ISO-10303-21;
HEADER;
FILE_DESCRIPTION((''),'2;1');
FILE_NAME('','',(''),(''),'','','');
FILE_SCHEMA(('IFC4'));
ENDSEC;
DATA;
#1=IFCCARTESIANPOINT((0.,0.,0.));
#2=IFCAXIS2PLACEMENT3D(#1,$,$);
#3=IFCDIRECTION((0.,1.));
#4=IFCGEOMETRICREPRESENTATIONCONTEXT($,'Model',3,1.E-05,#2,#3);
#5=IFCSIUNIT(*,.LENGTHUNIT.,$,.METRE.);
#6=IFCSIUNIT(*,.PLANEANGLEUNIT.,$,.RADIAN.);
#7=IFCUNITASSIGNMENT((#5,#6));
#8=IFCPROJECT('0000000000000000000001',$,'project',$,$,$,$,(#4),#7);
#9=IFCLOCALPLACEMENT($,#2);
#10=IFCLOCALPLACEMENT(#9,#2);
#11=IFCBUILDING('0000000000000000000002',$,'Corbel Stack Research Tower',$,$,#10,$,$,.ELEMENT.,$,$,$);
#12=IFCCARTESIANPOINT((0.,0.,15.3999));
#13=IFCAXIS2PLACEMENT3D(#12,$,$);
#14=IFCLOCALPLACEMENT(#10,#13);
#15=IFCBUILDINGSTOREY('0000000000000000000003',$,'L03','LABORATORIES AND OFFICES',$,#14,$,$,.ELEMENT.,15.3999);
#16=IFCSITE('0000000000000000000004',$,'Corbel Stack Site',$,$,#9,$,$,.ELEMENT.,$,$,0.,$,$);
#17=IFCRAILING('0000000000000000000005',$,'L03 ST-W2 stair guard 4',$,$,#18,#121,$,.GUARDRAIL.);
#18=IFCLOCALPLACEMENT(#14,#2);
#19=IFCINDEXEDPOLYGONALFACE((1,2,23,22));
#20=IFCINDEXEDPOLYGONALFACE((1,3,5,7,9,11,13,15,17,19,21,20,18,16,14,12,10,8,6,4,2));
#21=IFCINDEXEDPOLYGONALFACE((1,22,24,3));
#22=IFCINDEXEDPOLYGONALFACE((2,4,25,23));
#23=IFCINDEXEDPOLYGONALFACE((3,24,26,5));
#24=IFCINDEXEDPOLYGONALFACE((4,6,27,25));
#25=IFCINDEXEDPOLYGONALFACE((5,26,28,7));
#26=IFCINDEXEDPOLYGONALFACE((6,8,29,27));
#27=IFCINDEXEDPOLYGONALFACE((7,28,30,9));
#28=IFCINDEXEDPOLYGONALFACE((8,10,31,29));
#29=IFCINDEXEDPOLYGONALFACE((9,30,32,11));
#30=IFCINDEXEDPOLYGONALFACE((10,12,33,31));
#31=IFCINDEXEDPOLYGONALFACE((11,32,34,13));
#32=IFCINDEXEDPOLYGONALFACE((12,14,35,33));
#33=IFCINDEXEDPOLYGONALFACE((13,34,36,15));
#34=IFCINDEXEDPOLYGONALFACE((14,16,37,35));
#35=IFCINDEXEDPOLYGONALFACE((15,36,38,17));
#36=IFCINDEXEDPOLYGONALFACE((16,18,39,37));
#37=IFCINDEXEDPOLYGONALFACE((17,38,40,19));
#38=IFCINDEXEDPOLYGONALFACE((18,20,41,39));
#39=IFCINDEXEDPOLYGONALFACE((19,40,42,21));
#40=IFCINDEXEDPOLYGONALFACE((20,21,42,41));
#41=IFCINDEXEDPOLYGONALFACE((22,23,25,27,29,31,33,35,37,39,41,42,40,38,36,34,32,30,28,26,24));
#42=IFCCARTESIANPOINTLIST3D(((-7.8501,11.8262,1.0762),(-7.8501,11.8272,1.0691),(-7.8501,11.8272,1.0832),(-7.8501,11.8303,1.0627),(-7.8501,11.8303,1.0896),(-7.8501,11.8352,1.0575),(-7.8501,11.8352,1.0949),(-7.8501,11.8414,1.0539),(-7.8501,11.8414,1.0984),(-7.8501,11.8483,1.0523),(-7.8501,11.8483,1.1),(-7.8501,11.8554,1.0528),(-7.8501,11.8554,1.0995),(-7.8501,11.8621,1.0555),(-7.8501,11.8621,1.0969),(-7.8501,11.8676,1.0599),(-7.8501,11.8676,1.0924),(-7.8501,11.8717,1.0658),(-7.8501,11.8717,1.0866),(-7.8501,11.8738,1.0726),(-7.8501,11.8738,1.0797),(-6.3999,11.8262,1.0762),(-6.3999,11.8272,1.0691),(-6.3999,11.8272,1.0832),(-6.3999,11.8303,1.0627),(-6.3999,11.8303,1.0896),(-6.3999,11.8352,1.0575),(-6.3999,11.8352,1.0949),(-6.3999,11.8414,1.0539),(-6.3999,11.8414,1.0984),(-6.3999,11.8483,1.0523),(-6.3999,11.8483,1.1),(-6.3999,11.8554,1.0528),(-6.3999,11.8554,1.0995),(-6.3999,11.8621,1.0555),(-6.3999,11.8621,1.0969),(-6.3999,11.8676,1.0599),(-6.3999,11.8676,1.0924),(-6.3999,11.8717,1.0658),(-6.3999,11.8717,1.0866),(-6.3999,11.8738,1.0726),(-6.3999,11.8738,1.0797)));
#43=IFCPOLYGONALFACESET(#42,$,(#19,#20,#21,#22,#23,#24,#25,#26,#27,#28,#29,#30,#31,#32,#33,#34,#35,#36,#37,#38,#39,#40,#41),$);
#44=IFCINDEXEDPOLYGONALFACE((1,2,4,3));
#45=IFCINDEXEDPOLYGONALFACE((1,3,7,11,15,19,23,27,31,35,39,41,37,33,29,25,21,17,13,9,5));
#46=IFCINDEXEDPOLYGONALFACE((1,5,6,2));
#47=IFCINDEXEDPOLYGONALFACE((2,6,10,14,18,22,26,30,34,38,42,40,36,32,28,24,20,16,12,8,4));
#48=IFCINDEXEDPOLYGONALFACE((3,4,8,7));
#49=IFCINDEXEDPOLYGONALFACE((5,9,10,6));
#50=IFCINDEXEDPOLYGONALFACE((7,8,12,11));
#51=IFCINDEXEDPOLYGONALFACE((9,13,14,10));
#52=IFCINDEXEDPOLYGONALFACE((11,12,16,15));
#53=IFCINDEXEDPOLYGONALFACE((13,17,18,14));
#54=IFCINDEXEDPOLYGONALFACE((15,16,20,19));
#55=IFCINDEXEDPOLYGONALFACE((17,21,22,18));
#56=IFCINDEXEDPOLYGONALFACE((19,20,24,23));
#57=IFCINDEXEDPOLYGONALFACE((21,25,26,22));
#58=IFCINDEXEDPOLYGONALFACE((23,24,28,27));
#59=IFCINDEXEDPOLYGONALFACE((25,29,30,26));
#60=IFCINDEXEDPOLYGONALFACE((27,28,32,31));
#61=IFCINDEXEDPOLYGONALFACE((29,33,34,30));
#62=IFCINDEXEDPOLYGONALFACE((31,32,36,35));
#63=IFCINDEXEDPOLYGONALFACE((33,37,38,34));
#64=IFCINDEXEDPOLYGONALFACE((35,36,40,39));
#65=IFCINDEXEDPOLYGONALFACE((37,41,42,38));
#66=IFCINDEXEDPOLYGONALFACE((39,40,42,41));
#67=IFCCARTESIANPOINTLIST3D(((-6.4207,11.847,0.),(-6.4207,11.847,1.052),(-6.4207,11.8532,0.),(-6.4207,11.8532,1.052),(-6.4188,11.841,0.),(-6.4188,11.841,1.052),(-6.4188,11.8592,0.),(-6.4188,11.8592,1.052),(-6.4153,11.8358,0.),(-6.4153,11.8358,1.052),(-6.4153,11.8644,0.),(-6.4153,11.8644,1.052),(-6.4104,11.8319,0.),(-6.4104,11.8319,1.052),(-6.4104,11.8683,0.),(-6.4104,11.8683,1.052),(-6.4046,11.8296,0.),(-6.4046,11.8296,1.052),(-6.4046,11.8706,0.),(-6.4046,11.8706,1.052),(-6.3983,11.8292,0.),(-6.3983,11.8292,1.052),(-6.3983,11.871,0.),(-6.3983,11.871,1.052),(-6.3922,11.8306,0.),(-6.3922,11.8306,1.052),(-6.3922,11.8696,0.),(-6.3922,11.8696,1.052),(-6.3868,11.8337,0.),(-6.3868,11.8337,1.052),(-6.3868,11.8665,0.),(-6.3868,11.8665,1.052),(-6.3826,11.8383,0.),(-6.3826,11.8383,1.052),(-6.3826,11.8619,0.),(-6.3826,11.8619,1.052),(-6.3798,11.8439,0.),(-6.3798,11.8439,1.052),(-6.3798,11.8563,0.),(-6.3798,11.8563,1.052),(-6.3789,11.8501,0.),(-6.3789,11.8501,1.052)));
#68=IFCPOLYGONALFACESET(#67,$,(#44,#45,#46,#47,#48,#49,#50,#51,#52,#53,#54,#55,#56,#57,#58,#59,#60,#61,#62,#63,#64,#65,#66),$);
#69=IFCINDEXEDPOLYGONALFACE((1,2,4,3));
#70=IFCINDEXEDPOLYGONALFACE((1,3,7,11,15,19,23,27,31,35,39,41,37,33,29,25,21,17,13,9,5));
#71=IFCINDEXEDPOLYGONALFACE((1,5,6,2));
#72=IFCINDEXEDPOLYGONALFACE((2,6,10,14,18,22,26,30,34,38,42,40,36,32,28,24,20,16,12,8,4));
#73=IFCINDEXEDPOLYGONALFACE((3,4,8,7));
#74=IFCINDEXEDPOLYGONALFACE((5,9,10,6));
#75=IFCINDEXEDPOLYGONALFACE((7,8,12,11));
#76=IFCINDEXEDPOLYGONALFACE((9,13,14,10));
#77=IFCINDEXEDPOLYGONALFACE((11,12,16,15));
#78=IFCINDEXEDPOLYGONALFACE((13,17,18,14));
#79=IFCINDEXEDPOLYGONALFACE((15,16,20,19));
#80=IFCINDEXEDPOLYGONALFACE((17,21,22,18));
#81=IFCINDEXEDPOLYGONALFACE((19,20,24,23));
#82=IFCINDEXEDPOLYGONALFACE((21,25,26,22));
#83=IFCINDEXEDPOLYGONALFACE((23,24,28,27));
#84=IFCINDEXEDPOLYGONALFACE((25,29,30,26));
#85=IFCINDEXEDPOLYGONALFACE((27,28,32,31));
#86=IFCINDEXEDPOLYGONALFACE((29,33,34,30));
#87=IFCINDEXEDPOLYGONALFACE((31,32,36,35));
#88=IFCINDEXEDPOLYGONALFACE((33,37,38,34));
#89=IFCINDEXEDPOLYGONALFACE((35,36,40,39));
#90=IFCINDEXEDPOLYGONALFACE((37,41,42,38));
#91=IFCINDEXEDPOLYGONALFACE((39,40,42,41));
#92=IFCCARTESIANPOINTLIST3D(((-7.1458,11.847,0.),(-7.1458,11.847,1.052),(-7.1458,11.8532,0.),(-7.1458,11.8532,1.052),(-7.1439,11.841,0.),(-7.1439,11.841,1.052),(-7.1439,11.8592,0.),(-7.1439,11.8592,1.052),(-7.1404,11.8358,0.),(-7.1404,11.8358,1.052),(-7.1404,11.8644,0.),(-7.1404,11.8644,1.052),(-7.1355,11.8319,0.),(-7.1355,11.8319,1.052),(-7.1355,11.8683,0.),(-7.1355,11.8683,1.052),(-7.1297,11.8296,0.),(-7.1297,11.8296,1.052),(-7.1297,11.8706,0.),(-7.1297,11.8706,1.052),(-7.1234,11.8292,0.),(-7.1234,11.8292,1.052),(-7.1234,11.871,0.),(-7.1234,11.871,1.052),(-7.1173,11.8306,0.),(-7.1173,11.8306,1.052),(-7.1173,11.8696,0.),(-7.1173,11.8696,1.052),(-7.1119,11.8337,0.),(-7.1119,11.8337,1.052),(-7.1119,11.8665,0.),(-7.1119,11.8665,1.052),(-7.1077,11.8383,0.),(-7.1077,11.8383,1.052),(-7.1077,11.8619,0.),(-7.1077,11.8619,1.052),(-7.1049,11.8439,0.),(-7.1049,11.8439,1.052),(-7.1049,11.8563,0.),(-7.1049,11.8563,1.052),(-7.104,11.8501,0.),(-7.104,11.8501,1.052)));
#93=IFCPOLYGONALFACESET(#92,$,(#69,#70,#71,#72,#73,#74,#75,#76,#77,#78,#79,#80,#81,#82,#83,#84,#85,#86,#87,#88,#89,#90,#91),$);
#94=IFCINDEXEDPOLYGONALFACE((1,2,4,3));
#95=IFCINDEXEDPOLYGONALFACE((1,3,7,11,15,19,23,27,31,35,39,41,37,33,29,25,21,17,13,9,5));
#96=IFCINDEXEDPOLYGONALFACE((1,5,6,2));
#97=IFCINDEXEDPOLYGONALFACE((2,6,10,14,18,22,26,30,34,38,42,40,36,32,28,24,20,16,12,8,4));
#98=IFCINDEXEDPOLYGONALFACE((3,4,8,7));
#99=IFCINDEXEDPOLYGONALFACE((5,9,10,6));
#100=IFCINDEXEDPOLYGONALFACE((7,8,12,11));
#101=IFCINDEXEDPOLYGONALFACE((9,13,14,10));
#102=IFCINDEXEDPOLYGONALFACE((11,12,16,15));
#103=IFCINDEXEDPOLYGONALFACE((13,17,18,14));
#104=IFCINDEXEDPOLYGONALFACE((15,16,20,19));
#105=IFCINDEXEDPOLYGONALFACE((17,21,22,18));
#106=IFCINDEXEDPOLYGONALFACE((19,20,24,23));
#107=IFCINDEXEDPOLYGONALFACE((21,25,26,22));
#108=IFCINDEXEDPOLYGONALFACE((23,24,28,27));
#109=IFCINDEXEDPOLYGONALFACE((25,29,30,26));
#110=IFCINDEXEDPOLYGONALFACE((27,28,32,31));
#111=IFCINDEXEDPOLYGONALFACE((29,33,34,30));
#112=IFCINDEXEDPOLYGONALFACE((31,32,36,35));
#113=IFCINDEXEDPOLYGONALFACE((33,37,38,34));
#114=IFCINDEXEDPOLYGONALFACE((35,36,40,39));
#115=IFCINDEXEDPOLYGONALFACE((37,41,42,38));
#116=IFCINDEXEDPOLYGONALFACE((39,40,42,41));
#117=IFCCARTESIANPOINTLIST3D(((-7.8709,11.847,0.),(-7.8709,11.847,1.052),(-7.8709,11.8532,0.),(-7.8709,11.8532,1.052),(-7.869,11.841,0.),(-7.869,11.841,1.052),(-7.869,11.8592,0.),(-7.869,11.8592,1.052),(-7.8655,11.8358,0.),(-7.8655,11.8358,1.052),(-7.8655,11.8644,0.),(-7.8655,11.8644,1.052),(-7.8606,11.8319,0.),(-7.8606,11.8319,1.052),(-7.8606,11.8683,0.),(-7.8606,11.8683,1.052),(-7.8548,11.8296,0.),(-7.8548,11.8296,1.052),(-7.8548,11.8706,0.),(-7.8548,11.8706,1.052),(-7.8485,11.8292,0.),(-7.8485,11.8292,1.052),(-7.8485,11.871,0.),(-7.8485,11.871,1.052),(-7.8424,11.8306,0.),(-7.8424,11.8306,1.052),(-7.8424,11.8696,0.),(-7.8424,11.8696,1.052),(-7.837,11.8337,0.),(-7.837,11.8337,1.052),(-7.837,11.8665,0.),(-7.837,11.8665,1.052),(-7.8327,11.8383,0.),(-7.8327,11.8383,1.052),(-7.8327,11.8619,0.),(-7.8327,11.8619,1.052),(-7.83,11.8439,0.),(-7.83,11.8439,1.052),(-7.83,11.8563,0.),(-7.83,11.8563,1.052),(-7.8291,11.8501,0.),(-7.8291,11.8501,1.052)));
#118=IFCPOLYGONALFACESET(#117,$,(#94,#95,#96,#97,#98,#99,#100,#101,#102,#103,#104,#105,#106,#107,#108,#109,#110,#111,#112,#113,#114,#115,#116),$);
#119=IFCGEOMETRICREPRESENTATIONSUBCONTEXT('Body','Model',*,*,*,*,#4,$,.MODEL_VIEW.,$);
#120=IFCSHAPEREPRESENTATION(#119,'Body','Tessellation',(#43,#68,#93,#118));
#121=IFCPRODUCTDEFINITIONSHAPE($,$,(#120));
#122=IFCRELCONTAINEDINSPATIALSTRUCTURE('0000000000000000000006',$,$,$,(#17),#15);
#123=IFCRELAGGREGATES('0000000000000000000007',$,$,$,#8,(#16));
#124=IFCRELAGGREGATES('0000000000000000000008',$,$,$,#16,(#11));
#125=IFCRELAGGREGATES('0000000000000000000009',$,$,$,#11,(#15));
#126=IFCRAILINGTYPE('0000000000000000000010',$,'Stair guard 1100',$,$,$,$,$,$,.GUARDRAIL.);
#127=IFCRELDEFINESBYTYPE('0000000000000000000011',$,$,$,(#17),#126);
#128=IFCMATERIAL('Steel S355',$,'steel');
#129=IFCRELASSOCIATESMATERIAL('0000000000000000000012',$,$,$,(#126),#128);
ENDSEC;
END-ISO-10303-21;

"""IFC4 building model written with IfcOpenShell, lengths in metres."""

from ifc_helpers import new_model, si_unit, direction, frame, origin, origin_2d, place, context, subcontext, project, spatial, circle, extrude, material, type_object, element, save


model = new_model("IFC4")

# Units and contexts
model_context = context("Model", 3, precision=1e-05, world=origin(), true_north=direction((0.0, 1.0)))
body_context = subcontext(model_context, "Body", "Model", "MODEL_VIEW")
ifc_project = project(units=[si_unit("LENGTHUNIT", "METRE"), si_unit("PLANEANGLEUNIT", "RADIAN")], contexts=[model_context])

# Site, building, storey
site_placement = place(None, origin())
site = spatial("IfcSite", under=ifc_project, at=site_placement, Name="Corbel Stack Site", CompositionType="ELEMENT", RefElevation=0.0)
building_placement = place(site_placement, origin())
building = spatial("IfcBuilding", under=site, at=building_placement, Name="Corbel Stack Research Tower", CompositionType="ELEMENT")
storey_placement = place(building_placement, frame((0.0, 0.0, 15.3999)))
storey = spatial("IfcBuildingStorey", under=building, at=storey_placement, Name="L03", Description="LABORATORIES AND OFFICES", CompositionType="ELEMENT", Elevation=15.3999)

# Railing
ifc_material_1 = material(Name="Steel S355", Category="steel")
railing_type = type_object("IfcRailingType", Name="Stair guard 1100", PredefinedType="GUARDRAIL", material=ifc_material_1)
railing_1_placement = place(storey_placement, frame((-6.3999, 11.8501, 0.0)))
element("IfcRailing", 1, at=railing_1_placement, inside=storey, type_object=railing_type, Name="L03 ST-W2 stair guard 4", PredefinedType="GUARDRAIL", context=body_context, shape_type="SweptSolid", body=[
    extrude(circle(Radius=0.0239, at=origin_2d()), frame((0.0, 0.0, 1.0762), z_axis=(-1.0, 0.0, 0.0), x_axis=(0.0, -1.0, 0.0)), (0.0, 0.0, 1.0), 1.4502),
    extrude(circle(Radius=0.021, at=origin_2d()), origin(), (0.0, 0.0, 1.0), 1.052),
    extrude(circle(Radius=0.021, at=origin_2d()), frame((-0.7251, 0.0, 0.0)), (0.0, 0.0, 1.0), 1.052),
    extrude(circle(Radius=0.021, at=origin_2d()), frame((-1.4502, 0.0, 0.0)), (0.0, 0.0, 1.0), 1.052),
])

save(model, "model.ifc")
